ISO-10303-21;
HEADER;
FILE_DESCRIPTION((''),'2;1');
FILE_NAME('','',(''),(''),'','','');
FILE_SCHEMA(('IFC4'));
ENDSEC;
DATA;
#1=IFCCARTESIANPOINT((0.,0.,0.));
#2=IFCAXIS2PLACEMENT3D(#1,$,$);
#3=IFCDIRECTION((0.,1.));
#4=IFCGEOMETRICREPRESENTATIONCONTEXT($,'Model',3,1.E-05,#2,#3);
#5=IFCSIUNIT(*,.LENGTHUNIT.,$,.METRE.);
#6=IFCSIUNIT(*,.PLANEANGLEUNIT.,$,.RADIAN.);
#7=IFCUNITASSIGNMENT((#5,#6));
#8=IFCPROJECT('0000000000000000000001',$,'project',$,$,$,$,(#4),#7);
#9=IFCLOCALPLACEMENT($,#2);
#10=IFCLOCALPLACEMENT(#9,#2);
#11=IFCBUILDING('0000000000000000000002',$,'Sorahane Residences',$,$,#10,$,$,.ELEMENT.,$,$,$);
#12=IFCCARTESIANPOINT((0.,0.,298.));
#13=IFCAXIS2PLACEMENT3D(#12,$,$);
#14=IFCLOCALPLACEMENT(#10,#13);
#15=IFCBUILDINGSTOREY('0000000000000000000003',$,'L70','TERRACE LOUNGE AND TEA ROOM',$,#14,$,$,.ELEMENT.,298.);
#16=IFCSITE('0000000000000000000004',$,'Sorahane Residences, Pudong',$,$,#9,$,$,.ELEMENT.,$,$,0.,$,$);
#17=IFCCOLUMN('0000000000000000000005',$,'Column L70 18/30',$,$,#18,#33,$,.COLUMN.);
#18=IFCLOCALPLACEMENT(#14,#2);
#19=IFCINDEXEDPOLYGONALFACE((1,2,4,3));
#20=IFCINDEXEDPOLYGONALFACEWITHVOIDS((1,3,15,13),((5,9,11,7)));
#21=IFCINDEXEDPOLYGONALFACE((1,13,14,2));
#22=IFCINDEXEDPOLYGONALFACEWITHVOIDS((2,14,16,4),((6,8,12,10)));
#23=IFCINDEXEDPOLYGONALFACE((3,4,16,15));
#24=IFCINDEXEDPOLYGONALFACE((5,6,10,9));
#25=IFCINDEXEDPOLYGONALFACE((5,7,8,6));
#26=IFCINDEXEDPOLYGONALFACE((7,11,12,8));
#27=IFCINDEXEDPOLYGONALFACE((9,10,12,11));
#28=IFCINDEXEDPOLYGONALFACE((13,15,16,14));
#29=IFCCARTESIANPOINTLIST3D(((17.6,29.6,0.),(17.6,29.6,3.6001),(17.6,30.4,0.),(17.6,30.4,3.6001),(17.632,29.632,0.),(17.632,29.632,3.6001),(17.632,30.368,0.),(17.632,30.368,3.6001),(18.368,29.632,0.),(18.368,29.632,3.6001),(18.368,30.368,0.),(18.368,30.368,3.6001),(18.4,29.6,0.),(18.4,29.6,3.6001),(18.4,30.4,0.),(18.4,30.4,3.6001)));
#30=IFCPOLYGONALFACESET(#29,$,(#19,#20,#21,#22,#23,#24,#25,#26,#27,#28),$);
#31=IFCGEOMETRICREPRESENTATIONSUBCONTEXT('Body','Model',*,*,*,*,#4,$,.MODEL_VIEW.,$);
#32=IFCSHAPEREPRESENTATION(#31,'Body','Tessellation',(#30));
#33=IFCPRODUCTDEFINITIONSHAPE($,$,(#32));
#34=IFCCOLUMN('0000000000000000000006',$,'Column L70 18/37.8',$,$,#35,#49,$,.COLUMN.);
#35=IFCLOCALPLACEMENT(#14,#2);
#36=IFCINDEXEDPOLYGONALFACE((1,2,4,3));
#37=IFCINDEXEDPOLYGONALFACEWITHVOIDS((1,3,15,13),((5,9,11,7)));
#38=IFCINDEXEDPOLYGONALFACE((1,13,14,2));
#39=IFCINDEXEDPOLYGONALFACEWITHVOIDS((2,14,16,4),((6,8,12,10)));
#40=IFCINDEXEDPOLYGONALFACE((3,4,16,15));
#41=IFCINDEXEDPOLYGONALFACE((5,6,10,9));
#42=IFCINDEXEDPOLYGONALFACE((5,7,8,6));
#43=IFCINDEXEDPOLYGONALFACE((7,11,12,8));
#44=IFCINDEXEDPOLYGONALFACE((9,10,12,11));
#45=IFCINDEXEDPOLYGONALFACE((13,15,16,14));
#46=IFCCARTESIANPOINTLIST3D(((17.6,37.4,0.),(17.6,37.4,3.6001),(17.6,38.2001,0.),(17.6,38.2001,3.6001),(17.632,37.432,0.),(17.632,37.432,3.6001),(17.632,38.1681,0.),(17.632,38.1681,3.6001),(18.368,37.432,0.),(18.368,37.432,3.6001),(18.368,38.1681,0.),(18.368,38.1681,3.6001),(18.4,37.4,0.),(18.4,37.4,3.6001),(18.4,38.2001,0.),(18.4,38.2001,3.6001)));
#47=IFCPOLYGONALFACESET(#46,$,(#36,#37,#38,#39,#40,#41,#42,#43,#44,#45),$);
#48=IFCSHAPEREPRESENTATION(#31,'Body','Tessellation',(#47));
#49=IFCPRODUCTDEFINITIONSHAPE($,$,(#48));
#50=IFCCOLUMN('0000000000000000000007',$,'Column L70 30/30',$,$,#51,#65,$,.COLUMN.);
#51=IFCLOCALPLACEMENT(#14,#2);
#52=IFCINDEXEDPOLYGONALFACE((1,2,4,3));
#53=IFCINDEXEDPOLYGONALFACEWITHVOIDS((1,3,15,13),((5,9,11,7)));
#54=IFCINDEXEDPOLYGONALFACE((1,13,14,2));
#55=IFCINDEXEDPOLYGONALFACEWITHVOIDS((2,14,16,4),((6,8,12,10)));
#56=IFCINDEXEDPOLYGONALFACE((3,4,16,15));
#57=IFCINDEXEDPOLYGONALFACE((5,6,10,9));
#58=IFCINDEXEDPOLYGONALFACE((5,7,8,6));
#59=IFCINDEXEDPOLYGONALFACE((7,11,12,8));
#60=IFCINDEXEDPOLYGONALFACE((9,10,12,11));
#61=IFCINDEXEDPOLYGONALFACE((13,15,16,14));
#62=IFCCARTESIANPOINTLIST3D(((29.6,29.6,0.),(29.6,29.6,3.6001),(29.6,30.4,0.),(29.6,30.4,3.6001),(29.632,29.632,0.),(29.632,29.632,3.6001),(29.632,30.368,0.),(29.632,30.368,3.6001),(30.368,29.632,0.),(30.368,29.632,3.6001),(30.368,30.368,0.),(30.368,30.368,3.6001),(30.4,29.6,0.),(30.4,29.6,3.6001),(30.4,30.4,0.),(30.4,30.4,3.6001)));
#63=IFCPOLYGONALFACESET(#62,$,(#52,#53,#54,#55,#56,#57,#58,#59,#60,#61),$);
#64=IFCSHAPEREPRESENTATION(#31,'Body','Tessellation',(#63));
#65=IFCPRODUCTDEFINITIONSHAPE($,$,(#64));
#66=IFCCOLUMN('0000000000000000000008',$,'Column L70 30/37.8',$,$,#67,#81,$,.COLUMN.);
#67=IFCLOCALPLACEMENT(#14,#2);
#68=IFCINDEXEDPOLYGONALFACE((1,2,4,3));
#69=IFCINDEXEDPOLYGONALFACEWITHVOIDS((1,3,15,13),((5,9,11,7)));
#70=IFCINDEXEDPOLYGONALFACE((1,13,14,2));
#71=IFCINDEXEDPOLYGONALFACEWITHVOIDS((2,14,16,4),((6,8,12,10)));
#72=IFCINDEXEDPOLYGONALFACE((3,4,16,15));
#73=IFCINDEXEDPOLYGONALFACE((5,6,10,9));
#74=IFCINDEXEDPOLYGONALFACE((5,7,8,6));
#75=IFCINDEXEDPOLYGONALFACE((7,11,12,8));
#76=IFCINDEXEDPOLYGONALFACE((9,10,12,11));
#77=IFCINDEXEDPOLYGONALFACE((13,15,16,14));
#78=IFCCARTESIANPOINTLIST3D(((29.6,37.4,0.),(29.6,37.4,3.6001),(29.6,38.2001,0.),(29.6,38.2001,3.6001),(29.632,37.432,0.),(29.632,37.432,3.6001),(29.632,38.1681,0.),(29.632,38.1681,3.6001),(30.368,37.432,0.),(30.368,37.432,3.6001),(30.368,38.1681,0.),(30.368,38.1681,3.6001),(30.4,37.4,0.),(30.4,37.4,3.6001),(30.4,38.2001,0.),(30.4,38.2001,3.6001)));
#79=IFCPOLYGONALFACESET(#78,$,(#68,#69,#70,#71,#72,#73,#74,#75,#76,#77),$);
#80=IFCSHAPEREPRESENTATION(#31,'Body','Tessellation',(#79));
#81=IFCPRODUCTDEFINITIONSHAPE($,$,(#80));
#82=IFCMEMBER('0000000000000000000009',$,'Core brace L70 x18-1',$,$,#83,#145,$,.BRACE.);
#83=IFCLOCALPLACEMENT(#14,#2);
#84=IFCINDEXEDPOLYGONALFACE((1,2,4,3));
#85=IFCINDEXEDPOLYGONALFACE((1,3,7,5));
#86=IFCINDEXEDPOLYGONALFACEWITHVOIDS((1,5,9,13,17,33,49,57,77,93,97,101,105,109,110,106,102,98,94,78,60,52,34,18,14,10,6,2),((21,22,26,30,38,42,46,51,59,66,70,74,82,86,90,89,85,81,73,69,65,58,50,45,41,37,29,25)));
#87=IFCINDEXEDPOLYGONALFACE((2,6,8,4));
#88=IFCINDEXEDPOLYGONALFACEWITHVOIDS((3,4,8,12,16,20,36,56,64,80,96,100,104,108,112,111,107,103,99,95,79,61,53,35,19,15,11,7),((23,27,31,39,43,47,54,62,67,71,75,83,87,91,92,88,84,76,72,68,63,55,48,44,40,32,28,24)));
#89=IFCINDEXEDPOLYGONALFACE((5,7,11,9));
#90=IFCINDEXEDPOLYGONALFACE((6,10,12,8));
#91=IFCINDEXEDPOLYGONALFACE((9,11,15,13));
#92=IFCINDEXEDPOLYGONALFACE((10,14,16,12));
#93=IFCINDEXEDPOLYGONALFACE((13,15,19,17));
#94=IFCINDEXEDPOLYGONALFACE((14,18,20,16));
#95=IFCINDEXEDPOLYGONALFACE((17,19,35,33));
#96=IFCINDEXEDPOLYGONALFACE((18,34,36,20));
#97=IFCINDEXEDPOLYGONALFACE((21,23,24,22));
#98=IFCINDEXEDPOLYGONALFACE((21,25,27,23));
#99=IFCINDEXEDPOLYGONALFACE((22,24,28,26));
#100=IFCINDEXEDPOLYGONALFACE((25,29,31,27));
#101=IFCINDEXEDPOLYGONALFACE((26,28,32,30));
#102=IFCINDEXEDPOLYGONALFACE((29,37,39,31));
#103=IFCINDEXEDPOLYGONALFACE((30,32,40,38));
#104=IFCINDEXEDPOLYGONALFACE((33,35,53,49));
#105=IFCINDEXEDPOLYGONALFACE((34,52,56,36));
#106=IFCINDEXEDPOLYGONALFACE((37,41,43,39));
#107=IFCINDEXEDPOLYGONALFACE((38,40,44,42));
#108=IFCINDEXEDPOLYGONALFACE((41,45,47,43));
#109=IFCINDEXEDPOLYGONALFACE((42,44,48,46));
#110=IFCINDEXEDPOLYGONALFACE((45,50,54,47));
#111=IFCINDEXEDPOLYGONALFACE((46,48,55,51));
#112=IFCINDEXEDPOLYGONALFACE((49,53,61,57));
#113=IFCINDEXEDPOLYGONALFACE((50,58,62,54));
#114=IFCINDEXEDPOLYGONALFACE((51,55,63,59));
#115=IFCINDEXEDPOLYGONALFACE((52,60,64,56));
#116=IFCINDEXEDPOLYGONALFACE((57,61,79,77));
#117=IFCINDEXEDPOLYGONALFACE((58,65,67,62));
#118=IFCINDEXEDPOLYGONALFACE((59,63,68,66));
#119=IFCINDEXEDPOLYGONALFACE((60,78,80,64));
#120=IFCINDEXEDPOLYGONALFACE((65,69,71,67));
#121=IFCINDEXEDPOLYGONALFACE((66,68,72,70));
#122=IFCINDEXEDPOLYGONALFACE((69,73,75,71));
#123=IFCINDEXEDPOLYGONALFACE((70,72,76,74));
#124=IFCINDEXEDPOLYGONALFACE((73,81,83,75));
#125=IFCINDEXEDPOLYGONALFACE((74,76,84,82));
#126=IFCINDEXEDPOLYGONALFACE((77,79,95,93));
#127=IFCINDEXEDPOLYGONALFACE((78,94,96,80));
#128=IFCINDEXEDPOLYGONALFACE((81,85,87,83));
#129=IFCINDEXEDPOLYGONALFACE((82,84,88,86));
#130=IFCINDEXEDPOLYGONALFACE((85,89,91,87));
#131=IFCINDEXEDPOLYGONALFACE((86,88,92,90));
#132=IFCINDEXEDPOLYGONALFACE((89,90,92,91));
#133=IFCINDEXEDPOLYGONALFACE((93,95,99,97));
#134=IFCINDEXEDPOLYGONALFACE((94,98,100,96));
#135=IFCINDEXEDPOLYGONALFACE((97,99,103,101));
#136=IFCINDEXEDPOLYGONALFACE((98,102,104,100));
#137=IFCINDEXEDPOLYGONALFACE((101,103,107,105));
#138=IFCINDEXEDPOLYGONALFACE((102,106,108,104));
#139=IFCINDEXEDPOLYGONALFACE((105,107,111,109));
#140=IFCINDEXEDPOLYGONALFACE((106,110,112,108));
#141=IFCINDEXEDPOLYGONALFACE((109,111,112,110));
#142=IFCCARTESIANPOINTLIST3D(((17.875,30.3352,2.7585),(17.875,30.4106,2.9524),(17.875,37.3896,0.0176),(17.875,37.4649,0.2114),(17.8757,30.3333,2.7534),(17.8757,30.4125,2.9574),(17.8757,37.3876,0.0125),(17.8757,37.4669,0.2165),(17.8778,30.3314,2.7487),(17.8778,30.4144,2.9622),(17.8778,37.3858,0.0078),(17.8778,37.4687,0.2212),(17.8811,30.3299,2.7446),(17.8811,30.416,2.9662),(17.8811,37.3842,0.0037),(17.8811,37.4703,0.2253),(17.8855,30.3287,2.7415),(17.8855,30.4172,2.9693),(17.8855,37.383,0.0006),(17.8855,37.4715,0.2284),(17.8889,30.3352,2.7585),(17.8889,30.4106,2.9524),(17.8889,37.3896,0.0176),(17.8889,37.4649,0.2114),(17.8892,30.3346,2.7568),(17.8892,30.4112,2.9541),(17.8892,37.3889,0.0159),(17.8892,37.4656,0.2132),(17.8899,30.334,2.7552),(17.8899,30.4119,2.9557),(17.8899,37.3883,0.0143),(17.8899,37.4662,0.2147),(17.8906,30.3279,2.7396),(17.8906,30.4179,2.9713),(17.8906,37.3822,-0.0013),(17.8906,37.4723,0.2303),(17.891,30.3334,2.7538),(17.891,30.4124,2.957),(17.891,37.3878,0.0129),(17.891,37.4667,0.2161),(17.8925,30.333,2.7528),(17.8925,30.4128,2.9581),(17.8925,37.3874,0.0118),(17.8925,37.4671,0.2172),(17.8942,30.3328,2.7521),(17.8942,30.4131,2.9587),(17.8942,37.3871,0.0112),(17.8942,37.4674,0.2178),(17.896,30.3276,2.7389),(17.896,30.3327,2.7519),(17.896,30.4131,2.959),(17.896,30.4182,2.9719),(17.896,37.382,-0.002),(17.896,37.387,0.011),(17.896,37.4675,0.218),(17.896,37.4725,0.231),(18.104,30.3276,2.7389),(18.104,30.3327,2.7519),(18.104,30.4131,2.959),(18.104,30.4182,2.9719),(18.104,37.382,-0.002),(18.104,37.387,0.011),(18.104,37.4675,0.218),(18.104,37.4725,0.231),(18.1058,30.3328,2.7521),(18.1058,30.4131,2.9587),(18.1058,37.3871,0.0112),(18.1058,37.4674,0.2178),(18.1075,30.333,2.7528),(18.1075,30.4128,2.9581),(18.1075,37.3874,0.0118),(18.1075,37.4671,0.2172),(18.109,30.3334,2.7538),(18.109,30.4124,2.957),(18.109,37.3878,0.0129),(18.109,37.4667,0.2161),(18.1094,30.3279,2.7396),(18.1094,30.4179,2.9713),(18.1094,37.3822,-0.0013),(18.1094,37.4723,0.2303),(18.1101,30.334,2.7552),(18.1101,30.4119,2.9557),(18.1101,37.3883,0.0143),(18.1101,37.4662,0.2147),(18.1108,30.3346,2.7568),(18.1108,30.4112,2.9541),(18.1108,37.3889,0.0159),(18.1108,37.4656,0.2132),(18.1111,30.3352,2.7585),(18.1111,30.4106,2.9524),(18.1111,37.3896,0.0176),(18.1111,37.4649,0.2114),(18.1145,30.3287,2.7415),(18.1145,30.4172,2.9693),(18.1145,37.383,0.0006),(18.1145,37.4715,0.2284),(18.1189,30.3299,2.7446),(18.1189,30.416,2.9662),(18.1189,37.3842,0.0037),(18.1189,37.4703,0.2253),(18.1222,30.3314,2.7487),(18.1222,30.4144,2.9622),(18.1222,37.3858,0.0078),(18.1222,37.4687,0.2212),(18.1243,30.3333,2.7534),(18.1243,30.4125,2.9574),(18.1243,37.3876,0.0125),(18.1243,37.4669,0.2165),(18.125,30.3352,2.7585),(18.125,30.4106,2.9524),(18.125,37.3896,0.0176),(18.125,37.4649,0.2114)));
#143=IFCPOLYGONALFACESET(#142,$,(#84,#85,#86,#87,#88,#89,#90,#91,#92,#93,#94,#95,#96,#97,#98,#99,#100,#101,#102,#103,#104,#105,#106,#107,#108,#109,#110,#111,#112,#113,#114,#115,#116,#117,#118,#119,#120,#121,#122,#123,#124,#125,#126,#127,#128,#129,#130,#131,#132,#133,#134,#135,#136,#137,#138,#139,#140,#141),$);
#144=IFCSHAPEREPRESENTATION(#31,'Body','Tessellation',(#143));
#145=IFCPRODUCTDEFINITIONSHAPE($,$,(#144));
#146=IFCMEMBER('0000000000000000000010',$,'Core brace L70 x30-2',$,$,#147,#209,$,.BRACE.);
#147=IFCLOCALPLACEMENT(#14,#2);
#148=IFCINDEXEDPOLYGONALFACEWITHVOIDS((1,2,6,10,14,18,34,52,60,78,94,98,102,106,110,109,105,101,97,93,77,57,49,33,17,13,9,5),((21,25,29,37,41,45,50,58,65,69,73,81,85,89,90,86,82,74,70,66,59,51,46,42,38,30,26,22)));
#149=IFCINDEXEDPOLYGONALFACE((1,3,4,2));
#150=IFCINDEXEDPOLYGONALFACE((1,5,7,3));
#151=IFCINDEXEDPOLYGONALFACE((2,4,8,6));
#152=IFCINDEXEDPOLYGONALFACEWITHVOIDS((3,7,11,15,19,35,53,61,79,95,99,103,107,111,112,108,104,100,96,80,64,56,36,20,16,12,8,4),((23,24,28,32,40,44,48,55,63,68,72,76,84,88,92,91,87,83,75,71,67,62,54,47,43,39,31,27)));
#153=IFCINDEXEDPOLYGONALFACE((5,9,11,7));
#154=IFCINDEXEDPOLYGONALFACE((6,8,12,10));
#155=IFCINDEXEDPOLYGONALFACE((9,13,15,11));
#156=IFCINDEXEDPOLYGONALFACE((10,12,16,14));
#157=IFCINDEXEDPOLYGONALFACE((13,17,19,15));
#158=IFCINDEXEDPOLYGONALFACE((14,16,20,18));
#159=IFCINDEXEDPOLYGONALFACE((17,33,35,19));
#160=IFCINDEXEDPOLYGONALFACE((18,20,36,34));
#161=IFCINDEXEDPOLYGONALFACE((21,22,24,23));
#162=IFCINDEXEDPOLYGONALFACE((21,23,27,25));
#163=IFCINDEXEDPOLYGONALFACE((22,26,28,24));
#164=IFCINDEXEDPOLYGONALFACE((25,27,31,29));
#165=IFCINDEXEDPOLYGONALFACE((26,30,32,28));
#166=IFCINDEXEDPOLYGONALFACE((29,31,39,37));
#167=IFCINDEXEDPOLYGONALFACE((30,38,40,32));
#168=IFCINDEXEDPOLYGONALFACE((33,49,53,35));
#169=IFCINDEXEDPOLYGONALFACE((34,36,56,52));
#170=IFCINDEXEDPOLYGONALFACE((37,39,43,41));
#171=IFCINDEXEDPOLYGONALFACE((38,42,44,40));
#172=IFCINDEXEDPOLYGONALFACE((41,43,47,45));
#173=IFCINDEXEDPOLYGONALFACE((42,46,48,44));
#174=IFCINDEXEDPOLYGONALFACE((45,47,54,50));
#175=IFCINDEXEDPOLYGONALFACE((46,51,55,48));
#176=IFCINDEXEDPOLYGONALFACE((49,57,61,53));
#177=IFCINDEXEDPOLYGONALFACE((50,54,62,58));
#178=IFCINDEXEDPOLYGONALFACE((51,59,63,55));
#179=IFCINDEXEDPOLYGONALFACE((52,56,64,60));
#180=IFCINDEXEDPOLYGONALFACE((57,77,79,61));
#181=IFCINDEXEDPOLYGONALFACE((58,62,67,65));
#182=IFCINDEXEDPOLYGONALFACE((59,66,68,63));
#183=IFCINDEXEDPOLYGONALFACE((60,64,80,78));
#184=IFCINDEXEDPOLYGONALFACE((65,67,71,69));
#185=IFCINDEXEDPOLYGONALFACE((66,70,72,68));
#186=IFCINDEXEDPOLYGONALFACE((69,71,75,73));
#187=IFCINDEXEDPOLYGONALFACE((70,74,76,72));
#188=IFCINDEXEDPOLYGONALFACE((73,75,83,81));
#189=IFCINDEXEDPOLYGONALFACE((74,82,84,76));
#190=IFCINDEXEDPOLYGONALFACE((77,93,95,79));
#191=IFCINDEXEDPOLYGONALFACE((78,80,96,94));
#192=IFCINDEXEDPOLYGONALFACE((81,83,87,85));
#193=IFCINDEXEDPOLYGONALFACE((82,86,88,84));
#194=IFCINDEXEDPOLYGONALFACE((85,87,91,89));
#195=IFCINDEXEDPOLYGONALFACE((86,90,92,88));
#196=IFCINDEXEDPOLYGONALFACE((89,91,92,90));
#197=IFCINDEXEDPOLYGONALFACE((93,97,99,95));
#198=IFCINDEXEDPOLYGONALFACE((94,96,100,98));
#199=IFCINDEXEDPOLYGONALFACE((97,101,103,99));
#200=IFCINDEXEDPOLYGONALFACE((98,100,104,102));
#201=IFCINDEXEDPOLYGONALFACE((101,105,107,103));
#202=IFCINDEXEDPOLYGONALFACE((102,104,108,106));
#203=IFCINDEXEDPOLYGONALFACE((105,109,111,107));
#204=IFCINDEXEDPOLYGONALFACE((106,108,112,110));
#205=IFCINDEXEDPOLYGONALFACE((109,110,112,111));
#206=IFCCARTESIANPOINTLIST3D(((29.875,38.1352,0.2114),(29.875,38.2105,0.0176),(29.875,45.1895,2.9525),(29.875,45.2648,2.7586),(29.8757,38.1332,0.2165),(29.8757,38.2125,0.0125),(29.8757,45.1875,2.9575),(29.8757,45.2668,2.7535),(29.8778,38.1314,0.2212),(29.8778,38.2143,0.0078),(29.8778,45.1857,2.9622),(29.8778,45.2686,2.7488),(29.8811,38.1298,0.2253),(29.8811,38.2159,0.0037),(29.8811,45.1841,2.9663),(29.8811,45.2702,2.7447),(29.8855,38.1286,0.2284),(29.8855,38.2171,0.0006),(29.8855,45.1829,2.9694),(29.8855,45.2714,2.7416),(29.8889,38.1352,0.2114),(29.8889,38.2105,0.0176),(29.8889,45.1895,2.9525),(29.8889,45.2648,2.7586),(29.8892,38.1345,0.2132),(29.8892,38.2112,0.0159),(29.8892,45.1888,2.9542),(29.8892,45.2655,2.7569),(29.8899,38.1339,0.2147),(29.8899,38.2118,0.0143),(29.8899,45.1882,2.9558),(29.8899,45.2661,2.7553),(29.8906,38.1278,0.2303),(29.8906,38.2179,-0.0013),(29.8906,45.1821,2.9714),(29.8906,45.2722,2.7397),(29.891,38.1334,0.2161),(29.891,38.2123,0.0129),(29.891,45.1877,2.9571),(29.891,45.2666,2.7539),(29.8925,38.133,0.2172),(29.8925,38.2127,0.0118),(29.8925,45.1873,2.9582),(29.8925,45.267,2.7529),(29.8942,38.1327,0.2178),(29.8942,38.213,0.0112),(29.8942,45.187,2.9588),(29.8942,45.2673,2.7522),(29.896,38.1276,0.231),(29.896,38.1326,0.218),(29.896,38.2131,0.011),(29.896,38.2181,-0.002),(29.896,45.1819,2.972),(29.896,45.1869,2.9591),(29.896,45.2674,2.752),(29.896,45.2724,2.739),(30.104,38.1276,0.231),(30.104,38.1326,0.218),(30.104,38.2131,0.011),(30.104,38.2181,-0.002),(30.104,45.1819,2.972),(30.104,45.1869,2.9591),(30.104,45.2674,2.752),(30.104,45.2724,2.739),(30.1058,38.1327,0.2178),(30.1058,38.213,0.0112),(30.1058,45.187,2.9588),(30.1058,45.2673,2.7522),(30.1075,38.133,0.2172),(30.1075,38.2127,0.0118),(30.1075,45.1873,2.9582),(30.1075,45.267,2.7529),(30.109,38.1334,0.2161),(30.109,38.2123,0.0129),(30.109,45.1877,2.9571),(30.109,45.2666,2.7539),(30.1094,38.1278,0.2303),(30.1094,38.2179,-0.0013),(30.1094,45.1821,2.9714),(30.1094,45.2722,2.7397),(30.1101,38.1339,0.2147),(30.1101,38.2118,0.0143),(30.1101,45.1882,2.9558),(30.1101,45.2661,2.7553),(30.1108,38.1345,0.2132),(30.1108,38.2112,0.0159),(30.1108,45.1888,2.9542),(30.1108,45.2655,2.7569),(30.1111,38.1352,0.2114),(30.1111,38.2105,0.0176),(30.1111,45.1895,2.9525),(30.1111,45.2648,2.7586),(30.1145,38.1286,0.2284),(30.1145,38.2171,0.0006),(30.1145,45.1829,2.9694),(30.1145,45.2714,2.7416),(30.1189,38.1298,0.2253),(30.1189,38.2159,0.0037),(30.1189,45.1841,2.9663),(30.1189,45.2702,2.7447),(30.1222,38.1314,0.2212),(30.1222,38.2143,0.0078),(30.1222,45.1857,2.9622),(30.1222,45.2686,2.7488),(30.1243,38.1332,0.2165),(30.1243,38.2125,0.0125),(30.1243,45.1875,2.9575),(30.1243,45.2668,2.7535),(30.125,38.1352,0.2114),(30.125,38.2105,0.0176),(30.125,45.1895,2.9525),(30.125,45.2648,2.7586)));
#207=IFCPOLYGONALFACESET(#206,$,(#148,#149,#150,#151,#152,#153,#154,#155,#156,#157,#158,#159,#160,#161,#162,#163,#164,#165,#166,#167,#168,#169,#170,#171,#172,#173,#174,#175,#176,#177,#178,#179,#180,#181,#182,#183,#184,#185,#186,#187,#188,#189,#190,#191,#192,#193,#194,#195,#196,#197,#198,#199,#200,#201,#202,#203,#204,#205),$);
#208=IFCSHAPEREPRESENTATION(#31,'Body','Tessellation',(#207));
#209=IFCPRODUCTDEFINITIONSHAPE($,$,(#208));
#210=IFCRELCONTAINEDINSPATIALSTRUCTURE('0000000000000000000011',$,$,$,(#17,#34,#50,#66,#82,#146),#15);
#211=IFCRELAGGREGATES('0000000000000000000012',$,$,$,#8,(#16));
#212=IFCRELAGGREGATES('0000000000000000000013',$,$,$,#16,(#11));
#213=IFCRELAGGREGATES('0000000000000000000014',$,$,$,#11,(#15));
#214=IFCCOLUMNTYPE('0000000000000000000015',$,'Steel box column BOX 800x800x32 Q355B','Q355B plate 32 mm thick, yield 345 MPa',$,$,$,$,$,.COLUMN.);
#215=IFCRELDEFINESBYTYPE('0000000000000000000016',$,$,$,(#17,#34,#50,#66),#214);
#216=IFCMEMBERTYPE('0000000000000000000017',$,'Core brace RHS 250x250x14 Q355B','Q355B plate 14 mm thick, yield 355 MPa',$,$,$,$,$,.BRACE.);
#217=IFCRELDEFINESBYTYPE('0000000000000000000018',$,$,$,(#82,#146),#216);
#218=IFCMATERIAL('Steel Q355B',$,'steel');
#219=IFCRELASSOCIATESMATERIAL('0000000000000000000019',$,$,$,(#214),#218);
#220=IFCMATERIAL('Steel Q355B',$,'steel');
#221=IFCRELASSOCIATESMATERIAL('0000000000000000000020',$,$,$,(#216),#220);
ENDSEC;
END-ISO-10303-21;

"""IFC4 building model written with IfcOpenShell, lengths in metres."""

from ifc_helpers import new_model, si_unit, direction, frame, origin, origin_2d, place, context, subcontext, project, spatial, hollow_rectangle, extrude, material, material_profile, profile_set, type_object, element, save


model = new_model("IFC4")

# Units and contexts
model_context = context("Model", 3, precision=1e-05, world=origin(), true_north=direction((0.0, 1.0)))
body_context = subcontext(model_context, "Body", "Model", "MODEL_VIEW")
ifc_project = project(units=[si_unit("LENGTHUNIT", "METRE"), si_unit("PLANEANGLEUNIT", "RADIAN")], contexts=[model_context])

# Site, building, storey
site_placement = place(None, origin())
site = spatial("IfcSite", under=ifc_project, at=site_placement, Name="Sorahane Residences, Pudong", CompositionType="ELEMENT", RefElevation=0.0)
building_placement = place(site_placement, origin())
building = spatial("IfcBuilding", under=site, at=building_placement, Name="Sorahane Residences", CompositionType="ELEMENT")
storey_placement = place(building_placement, frame((0.0, 0.0, 298.0)))
storey = spatial("IfcBuildingStorey", under=building, at=storey_placement, Name="L70", Description="TERRACE LOUNGE AND TEA ROOM", CompositionType="ELEMENT", Elevation=298.0)

# Columns
ifc_material_1 = material(Name="Steel Q355B", Category="steel")
ifc_material_profile_1 = material_profile(ifc_material_1, hollow_rectangle(XDim=0.8, YDim=0.8, WallThickness=0.032, at=origin_2d()), Name="BOX 800x800x32")
ifc_profile_set_1 = profile_set([ifc_material_profile_1], Name="Steel Q355B")
column_type = type_object("IfcColumnType", Name="Steel box column BOX 800x800x32 Q355B", Description="Q355B plate 32 mm thick, yield 345 MPa", PredefinedType="COLUMN", material=ifc_profile_set_1)
for number, where, z_axis, x_axis, name in (
    (1, (18.0, 30.0, 0.0), (0.0, 0.0, 1.0), (1.0, 0.0, 0.0), "Column L70 18/30"),
    (2, (18.0, 37.8, 0.0), (0.0, 0.0, 1.0), (1.0, 0.0, 0.0), "Column L70 18/37.8"),
    (3, (30.0, 30.0, 0.0), (0.0, 0.0, 1.0), (1.0, 0.0, 0.0), "Column L70 30/30"),
    (4, (30.0, 37.8, 0.0), (0.0, 0.0, 1.0), (1.0, 0.0, 0.0), "Column L70 30/37.8"),
):
    element("IfcColumn", number, at=place(storey_placement, frame(where, z_axis=z_axis, x_axis=x_axis)), inside=storey, type_object=column_type, Name=name, PredefinedType="COLUMN", context=body_context, shape_type="SweptSolid", body=[
        extrude(hollow_rectangle(XDim=0.8, YDim=0.8, WallThickness=0.032, at=origin_2d()), origin(), (0.0, 0.0, 1.0), 3.6001),
    ])

# Members
ifc_material_2 = material(Name="Steel Q355B", Category="steel")
ifc_material_profile_2 = material_profile(ifc_material_2, hollow_rectangle(XDim=0.25, YDim=0.25, WallThickness=0.0139, InnerFilletRadius=0.0071, OuterFilletRadius=0.021, at=origin_2d()), Name="RHS 250x250x14")
ifc_profile_set_2 = profile_set([ifc_material_profile_2], Name="Steel Q355B")
member_type = type_object("IfcMemberType", Name="Core brace RHS 250x250x14 Q355B", Description="Q355B plate 14 mm thick, yield 355 MPa", PredefinedType="BRACE", material=ifc_profile_set_2)
for number, where, z_axis, x_axis, name in (
    (5, (18.0, 37.4272, 0.1145), (0.0, -0.932113, 0.362168), (1.0, 0.0, 0.0), "Core brace L70 x18-1"),
    (6, (30.0, 38.1729, 0.1145), (0.0, 0.932109, 0.362178), (-1.0, 0.0, 0.0), "Core brace L70 x30-2"),
):
    element("IfcMember", number, at=place(storey_placement, frame(where, z_axis=z_axis, x_axis=x_axis)), inside=storey, type_object=member_type, Name=name, PredefinedType="BRACE", context=body_context, shape_type="SweptSolid", body=[
        extrude(hollow_rectangle(XDim=0.25, YDim=0.25, WallThickness=0.0139, InnerFilletRadius=0.0071, OuterFilletRadius=0.021, at=origin_2d()), origin(), (0.0, 0.0, 1.0), 7.5681),
    ])

save(model, "model.ifc")
